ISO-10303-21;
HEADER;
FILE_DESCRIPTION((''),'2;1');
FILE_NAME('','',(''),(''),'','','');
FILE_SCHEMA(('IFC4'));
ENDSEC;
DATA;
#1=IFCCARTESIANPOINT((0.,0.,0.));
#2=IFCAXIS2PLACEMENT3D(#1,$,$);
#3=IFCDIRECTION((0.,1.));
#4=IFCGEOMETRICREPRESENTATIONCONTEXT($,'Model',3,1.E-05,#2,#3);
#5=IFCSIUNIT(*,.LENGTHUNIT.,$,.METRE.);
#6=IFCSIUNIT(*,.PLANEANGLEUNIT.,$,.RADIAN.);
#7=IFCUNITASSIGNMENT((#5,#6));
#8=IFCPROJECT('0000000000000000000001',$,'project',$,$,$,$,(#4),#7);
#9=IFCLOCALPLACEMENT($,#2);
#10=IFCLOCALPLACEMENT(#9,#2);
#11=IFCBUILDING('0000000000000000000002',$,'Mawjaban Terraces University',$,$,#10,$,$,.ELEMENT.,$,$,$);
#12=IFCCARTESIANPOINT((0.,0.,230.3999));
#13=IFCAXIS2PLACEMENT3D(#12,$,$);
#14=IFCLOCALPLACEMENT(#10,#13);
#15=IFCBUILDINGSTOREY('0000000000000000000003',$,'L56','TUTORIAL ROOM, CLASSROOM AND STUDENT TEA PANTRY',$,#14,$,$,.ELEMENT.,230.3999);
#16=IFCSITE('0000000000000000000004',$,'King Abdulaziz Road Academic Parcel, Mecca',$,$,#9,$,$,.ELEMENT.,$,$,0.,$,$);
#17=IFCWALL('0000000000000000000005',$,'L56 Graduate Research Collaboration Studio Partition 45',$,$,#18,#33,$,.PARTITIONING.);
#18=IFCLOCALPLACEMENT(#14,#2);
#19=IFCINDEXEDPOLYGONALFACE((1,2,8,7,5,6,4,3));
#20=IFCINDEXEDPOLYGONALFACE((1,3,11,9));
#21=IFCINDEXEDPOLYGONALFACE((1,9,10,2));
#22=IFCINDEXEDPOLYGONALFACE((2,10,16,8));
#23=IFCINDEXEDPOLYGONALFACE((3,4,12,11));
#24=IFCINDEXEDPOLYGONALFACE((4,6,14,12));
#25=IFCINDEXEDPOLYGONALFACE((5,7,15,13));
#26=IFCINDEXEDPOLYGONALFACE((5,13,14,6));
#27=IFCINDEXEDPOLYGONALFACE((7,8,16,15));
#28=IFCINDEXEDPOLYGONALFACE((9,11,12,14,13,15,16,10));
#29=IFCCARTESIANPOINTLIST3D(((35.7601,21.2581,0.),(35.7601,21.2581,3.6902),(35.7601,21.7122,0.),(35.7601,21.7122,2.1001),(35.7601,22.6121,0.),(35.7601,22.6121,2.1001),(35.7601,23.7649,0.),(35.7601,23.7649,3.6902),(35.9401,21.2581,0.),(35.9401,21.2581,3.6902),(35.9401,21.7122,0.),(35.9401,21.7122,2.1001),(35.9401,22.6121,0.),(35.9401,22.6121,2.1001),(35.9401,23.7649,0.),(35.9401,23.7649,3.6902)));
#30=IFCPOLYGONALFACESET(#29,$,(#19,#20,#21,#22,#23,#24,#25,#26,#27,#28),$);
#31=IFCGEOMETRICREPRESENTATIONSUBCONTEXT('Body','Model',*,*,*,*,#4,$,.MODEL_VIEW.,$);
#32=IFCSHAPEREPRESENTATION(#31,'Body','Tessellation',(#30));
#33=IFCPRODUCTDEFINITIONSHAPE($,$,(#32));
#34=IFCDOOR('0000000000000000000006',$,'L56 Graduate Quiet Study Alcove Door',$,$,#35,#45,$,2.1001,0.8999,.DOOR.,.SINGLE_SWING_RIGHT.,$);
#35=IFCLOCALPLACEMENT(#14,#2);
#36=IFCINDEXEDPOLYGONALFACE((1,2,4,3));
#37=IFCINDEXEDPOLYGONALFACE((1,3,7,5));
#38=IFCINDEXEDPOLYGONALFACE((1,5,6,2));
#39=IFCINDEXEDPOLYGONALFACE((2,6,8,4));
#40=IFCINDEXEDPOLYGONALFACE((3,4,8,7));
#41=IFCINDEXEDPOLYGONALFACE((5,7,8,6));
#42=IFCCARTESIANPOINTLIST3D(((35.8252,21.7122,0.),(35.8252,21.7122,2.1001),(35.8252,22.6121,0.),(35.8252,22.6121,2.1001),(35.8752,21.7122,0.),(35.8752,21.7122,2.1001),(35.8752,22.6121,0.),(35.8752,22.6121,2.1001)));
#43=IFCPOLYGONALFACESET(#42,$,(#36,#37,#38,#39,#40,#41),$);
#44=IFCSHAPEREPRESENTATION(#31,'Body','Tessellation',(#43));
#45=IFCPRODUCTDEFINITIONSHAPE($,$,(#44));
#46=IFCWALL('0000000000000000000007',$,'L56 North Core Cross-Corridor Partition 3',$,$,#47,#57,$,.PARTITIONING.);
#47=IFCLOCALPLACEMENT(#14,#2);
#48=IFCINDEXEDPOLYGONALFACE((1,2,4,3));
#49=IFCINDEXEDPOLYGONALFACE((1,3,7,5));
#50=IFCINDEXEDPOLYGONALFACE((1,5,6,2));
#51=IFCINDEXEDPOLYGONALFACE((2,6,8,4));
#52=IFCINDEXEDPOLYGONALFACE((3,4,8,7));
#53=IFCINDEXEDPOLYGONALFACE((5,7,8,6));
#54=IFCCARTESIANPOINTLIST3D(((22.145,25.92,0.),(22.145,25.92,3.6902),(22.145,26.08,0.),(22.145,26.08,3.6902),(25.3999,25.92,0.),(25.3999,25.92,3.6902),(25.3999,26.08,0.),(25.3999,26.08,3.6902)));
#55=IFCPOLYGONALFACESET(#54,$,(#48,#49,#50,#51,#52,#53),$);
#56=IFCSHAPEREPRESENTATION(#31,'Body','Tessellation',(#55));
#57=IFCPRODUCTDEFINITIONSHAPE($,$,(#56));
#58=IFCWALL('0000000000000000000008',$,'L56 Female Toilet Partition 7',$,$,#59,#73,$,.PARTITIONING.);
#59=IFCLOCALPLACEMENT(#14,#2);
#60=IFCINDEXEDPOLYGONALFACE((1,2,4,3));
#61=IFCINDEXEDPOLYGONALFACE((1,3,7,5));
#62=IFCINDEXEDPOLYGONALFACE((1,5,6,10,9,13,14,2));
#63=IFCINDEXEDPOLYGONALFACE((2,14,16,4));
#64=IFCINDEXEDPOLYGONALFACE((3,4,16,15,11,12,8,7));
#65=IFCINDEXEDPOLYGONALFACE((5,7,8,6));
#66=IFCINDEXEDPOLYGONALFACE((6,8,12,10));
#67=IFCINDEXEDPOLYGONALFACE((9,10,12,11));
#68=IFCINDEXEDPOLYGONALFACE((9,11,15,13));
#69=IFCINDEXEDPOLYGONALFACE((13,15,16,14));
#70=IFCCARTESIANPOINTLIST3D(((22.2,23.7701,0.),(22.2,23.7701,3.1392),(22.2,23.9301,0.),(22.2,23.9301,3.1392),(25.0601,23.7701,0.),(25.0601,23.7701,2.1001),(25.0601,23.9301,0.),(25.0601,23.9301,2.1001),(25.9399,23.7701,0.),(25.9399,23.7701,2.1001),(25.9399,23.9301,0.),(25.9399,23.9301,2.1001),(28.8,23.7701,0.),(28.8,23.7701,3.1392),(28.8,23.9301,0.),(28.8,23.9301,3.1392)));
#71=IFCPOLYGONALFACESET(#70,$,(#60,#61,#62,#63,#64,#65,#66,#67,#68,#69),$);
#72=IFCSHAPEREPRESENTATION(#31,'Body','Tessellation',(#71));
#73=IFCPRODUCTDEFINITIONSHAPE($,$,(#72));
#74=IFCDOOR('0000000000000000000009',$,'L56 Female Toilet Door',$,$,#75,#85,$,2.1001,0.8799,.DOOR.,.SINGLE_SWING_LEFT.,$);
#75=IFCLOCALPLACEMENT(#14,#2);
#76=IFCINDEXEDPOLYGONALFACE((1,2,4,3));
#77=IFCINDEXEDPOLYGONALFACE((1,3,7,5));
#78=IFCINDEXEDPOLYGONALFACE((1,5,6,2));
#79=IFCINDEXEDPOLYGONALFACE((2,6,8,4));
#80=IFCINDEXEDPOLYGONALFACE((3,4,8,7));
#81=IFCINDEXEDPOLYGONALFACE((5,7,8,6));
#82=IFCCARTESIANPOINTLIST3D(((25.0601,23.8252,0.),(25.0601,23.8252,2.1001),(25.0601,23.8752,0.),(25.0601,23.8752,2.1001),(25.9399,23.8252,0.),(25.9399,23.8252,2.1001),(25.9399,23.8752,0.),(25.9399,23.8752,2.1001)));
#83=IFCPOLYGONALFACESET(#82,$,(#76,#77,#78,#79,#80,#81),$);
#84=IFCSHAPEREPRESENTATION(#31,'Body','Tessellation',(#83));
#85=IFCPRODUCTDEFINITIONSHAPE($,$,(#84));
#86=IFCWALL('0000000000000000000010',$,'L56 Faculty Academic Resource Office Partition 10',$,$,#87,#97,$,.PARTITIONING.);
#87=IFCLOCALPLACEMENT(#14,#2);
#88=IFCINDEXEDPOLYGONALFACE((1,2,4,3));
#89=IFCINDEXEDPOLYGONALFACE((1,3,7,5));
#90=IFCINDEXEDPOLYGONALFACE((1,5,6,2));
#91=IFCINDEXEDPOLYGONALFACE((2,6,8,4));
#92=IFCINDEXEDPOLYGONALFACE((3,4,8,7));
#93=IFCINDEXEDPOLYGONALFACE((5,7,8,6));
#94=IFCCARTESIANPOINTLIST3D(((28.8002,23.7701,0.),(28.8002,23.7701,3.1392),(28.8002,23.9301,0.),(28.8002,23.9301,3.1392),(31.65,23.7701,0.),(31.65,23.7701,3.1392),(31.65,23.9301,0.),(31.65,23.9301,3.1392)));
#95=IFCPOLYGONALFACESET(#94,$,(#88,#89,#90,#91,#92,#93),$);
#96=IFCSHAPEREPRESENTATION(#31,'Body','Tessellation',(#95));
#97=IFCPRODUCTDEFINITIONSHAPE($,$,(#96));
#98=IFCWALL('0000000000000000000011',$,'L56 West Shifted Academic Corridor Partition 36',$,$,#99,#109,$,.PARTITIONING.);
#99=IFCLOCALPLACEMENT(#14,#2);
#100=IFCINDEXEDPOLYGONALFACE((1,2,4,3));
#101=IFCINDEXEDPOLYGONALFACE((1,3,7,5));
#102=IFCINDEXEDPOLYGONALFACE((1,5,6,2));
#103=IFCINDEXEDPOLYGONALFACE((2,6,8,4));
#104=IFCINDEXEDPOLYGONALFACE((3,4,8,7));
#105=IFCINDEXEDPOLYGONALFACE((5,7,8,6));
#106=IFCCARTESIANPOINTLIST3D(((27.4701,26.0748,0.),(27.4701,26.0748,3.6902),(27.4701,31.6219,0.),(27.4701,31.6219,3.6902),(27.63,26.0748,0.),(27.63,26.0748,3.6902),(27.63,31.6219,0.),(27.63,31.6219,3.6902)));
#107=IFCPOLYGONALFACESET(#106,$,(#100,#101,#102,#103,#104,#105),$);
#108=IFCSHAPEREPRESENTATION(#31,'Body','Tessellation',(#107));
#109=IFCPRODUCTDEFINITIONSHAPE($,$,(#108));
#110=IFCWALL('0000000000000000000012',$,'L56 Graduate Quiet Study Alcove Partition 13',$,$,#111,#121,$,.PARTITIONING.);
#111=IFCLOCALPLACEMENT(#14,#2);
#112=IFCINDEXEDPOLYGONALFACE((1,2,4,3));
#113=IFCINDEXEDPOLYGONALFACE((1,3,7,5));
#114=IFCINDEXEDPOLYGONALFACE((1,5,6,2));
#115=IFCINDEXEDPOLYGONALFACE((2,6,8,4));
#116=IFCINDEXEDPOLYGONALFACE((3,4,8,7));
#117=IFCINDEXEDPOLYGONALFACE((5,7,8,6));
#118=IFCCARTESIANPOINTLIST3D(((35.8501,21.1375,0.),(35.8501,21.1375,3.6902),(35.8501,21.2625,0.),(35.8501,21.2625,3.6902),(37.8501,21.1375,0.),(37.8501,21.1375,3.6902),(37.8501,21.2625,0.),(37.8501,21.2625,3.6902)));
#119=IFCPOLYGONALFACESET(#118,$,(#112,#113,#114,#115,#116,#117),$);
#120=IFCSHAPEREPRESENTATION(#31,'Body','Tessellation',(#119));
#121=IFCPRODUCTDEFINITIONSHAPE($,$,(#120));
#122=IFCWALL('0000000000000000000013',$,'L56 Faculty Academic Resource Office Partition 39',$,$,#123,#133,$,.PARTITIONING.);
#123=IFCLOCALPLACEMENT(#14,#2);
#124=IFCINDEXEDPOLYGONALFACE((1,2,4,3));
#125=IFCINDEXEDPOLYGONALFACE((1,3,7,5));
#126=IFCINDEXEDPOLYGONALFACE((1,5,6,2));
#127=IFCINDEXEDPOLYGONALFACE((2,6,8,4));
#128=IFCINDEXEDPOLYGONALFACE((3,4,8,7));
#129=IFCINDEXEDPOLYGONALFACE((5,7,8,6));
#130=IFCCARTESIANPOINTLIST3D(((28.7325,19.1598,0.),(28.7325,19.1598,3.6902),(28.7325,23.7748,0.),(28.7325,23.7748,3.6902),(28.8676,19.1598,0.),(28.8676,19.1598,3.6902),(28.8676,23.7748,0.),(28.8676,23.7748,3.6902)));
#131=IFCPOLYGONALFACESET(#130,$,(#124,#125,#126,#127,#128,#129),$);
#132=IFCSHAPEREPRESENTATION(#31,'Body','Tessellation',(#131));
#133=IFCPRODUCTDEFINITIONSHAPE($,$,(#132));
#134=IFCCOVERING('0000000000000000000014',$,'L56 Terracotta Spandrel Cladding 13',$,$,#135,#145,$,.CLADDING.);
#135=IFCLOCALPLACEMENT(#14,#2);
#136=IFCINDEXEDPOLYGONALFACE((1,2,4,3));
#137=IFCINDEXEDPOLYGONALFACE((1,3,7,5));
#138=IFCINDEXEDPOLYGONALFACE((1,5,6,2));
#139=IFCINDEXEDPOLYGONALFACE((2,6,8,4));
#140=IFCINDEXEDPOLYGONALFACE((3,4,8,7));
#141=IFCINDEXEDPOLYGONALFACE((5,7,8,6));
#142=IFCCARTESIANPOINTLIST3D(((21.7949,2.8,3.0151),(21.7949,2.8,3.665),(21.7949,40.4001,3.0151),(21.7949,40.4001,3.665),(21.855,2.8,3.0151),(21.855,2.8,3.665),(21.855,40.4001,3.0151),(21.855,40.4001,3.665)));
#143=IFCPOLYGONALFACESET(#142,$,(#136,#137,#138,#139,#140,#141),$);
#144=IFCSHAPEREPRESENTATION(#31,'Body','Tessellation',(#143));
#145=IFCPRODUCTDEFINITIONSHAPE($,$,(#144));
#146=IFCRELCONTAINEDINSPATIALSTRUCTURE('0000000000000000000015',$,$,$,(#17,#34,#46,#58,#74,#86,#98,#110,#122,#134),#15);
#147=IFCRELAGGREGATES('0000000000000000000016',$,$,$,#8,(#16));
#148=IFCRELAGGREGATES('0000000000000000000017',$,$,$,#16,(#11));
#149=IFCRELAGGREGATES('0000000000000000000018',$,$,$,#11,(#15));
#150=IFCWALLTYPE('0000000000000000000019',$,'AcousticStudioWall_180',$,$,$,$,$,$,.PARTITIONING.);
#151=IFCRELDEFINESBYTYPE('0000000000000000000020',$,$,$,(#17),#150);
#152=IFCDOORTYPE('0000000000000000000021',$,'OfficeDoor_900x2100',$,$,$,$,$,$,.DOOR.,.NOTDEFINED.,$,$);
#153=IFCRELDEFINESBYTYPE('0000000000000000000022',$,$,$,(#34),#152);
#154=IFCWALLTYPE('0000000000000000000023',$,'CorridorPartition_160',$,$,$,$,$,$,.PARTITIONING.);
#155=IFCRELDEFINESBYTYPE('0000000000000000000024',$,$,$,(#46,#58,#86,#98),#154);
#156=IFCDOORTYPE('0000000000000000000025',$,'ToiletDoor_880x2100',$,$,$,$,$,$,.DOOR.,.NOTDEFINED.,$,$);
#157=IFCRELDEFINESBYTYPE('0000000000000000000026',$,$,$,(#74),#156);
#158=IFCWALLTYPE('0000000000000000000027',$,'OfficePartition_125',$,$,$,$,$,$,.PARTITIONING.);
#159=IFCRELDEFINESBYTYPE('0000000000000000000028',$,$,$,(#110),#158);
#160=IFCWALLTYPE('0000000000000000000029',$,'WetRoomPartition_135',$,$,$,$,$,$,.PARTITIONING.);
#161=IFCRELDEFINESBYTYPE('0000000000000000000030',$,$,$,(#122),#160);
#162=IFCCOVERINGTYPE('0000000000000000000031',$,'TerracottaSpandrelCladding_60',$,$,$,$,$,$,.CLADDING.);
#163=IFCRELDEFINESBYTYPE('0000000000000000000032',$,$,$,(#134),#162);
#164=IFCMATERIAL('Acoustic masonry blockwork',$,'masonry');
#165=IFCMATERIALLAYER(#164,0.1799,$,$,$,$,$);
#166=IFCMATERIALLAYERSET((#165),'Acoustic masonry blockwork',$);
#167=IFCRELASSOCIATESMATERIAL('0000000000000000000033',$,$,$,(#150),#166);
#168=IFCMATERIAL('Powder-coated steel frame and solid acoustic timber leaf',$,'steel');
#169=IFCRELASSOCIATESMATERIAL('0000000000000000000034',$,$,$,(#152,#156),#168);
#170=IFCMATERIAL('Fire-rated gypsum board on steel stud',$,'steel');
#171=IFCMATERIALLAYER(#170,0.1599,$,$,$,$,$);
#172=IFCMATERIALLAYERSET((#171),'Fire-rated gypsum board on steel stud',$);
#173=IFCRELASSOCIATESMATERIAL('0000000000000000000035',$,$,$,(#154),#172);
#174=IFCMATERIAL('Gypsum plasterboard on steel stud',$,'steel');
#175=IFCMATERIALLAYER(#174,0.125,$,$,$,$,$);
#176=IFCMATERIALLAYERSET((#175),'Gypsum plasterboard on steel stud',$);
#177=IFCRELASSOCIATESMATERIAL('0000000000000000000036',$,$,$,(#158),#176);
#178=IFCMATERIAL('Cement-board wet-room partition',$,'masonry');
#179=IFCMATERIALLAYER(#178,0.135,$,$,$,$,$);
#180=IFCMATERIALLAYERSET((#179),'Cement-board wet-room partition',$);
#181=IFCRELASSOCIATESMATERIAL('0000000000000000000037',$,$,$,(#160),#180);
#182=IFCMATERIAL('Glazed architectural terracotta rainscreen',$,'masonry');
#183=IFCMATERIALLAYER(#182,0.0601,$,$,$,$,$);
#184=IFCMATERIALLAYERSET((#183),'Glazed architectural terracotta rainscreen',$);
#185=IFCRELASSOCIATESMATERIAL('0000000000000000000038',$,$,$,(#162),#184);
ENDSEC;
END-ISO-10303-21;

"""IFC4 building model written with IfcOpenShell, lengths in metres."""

from ifc_helpers import new_model, si_unit, direction, frame, frame_2d, origin, origin_2d, place, context, subcontext, project, spatial, rectangle, extrude, material, layer, layer_set, type_object, element, fill, save


model = new_model("IFC4")

# Units and contexts
model_context = context("Model", 3, precision=1e-05, world=origin(), true_north=direction((0.0, 1.0)))
body_context = subcontext(model_context, "Body", "Model", "MODEL_VIEW")
ifc_project = project(units=[si_unit("LENGTHUNIT", "METRE"), si_unit("PLANEANGLEUNIT", "RADIAN")], contexts=[model_context])

# Site, building, storey
site_placement = place(None, origin())
site = spatial("IfcSite", under=ifc_project, at=site_placement, Name="King Abdulaziz Road Academic Parcel, Mecca", CompositionType="ELEMENT", RefElevation=0.0)
building_placement = place(site_placement, origin())
building = spatial("IfcBuilding", under=site, at=building_placement, Name="Mawjaban Terraces University", CompositionType="ELEMENT")
storey_placement = place(building_placement, frame((0.0, 0.0, 230.3999)))
storey = spatial("IfcBuildingStorey", under=building, at=storey_placement, Name="L56", Description="TUTORIAL ROOM, CLASSROOM AND STUDENT TEA PANTRY", CompositionType="ELEMENT", Elevation=230.3999)

# Shared definitions
ifc_material_1 = material(Name="Acoustic masonry blockwork", Category="masonry")
ifc_layer_1 = layer(ifc_material_1, 0.1799)
ifc_layer_set_1 = layer_set([ifc_layer_1], Name="Acoustic masonry blockwork")
wall_type_1 = type_object("IfcWallType", Name="AcousticStudioWall_180", PredefinedType="PARTITIONING", material=ifc_layer_set_1)

# Wall, opening, door
wall_1_placement = place(storey_placement, frame((35.8501, 21.2581, 0.0), z_axis=(0.0, 0.0, 1.0), x_axis=(0.0, 1.0, 0.0)))
wall_1 = element("IfcWall", 1, at=wall_1_placement, inside=storey, type_object=wall_type_1, Name="L56 Graduate Research Collaboration Studio Partition 45", PredefinedType="PARTITIONING", context=body_context, shape_type="SweptSolid", body=[
    extrude(rectangle(XDim=2.5068, YDim=0.1799, at=frame_2d((1.2534, 0.0))), origin(), (0.0, 0.0, 1.0), 3.6902),
])
opening_1_placement = place(wall_1_placement, frame((0.4541, 0.0, 0.0)))
opening_1 = element("IfcOpeningElement", 2, at=opening_1_placement, cuts=wall_1, PredefinedType="OPENING", context=body_context, shape_type="SweptSolid", body=[
    extrude(rectangle(XDim=0.8999, YDim=2.1001, at=frame_2d((0.45, 1.05))), frame((0.0, 0.0999, 0.0), z_axis=(0.0, -1.0, 0.0), x_axis=(1.0, 0.0, 0.0)), (0.0, 0.0, 1.0), 0.2),
])
ifc_material_2 = material(Name="Powder-coated steel frame and solid acoustic timber leaf", Category="steel")
door_type_1 = type_object("IfcDoorType", Name="OfficeDoor_900x2100", OperationType="NOTDEFINED", PredefinedType="DOOR", material=ifc_material_2)
door_1_placement = place(opening_1_placement, origin())
door_1 = element("IfcDoor", 3, at=door_1_placement, inside=storey, type_object=door_type_1, Name="L56 Graduate Quiet Study Alcove Door", OperationType="SINGLE_SWING_RIGHT", OverallHeight=2.1001, OverallWidth=0.8999, PredefinedType="DOOR", context=body_context, shape_type="SweptSolid", body=[
    extrude(rectangle(XDim=0.8999, YDim=2.1001, at=frame_2d((0.45, 1.05))), frame((0.0, 0.0249, 0.0), z_axis=(0.0, -1.0, 0.0), x_axis=(1.0, 0.0, 0.0)), (0.0, 0.0, 1.0), 0.05),
])
fill(opening_1, door_1)

# Wall
ifc_material_3 = material(Name="Fire-rated gypsum board on steel stud", Category="steel")
ifc_layer_2 = layer(ifc_material_3, 0.1599)
ifc_layer_set_2 = layer_set([ifc_layer_2], Name="Fire-rated gypsum board on steel stud")
wall_type_2 = type_object("IfcWallType", Name="CorridorPartition_160", PredefinedType="PARTITIONING", material=ifc_layer_set_2)
wall_2_placement = place(storey_placement, frame((25.3999, 26.0, 0.0), z_axis=(0.0, 0.0, 1.0), x_axis=(-1.0, 0.0, 0.0)))
element("IfcWall", 4, at=wall_2_placement, inside=storey, type_object=wall_type_2, Name="L56 North Core Cross-Corridor Partition 3", PredefinedType="PARTITIONING", context=body_context, shape_type="SweptSolid", body=[
    extrude(rectangle(XDim=3.2549, YDim=0.1599, at=frame_2d((1.6274, 0.0))), origin(), (0.0, 0.0, 1.0), 3.6902),
])

# Wall, opening, door
wall_3_placement = place(storey_placement, frame((28.8, 23.8501, 0.0), z_axis=(0.0, 0.0, 1.0), x_axis=(-1.0, 0.0, 0.0)))
wall_3 = element("IfcWall", 5, at=wall_3_placement, inside=storey, type_object=wall_type_2, Name="L56 Female Toilet Partition 7", PredefinedType="PARTITIONING", context=body_context, shape_type="SweptSolid", body=[
    extrude(rectangle(XDim=6.6001, YDim=0.1599, at=frame_2d((3.3, 0.0))), origin(), (0.0, 0.0, 1.0), 3.1392),
])
opening_2_placement = place(wall_3_placement, frame((2.8601, 0.0, 0.0)))
opening_2 = element("IfcOpeningElement", 6, at=opening_2_placement, cuts=wall_3, PredefinedType="OPENING", context=body_context, shape_type="SweptSolid", body=[
    extrude(rectangle(XDim=0.8799, YDim=2.1001, at=frame_2d((0.4399, 1.05))), frame((0.0, 0.0898, 0.0), z_axis=(0.0, -1.0, 0.0), x_axis=(1.0, 0.0, 0.0)), (0.0, 0.0, 1.0), 0.1799),
])
door_type_2 = type_object("IfcDoorType", Name="ToiletDoor_880x2100", OperationType="NOTDEFINED", PredefinedType="DOOR", material=ifc_material_2)
door_2_placement = place(opening_2_placement, origin())
door_2 = element("IfcDoor", 7, at=door_2_placement, inside=storey, type_object=door_type_2, Name="L56 Female Toilet Door", OperationType="SINGLE_SWING_LEFT", OverallHeight=2.1001, OverallWidth=0.8799, PredefinedType="DOOR", context=body_context, shape_type="SweptSolid", body=[
    extrude(rectangle(XDim=0.8799, YDim=2.1001, at=frame_2d((0.4399, 1.05))), frame((0.0, 0.0249, 0.0), z_axis=(0.0, -1.0, 0.0), x_axis=(1.0, 0.0, 0.0)), (0.0, 0.0, 1.0), 0.05),
])
fill(opening_2, door_2)

# Walls
wall_4_placement = place(storey_placement, frame((31.6499, 23.8501, 0.0), z_axis=(0.0, 0.0, 1.0), x_axis=(-1.0, 0.0, 0.0)))
element("IfcWall", 8, at=wall_4_placement, inside=storey, type_object=wall_type_2, Name="L56 Faculty Academic Resource Office Partition 10", PredefinedType="PARTITIONING", context=body_context, shape_type="SweptSolid", body=[
    extrude(rectangle(XDim=2.8499, YDim=0.1599, at=frame_2d((1.4248, 0.0))), origin(), (0.0, 0.0, 1.0), 3.1392),
])
wall_5_placement = place(storey_placement, frame((27.55, 26.075, 0.0), z_axis=(0.0, 0.0, 1.0), x_axis=(0.0, 1.0, 0.0)))
element("IfcWall", 9, at=wall_5_placement, inside=storey, type_object=wall_type_2, Name="L56 West Shifted Academic Corridor Partition 36", PredefinedType="PARTITIONING", context=body_context, shape_type="SweptSolid", body=[
    extrude(rectangle(XDim=5.5471, YDim=0.1599, at=frame_2d((2.7734, 0.0))), origin(), (0.0, 0.0, 1.0), 3.6902),
])
ifc_material_4 = material(Name="Gypsum plasterboard on steel stud", Category="steel")
ifc_layer_3 = layer(ifc_material_4, 0.125)
ifc_layer_set_3 = layer_set([ifc_layer_3], Name="Gypsum plasterboard on steel stud")
wall_type_3 = type_object("IfcWallType", Name="OfficePartition_125", PredefinedType="PARTITIONING", material=ifc_layer_set_3)
wall_6_placement = place(storey_placement, frame((35.8501, 21.2, 0.0), z_axis=(0.0, 0.0, 1.0), x_axis=(1.0, 0.0, 0.0)))
element("IfcWall", 10, at=wall_6_placement, inside=storey, type_object=wall_type_3, Name="L56 Graduate Quiet Study Alcove Partition 13", PredefinedType="PARTITIONING", context=body_context, shape_type="SweptSolid", body=[
    extrude(rectangle(XDim=2.0, YDim=0.125, at=frame_2d((1.0, 0.0))), origin(), (0.0, 0.0, 1.0), 3.6902),
])
ifc_material_5 = material(Name="Cement-board wet-room partition", Category="masonry")
ifc_layer_4 = layer(ifc_material_5, 0.135)
ifc_layer_set_4 = layer_set([ifc_layer_4], Name="Cement-board wet-room partition")
wall_type_4 = type_object("IfcWallType", Name="WetRoomPartition_135", PredefinedType="PARTITIONING", material=ifc_layer_set_4)
wall_7_placement = place(storey_placement, frame((28.8, 23.7749, 0.0), z_axis=(0.0, 0.0, 1.0), x_axis=(0.0, -1.0, 0.0)))
element("IfcWall", 11, at=wall_7_placement, inside=storey, type_object=wall_type_4, Name="L56 Faculty Academic Resource Office Partition 39", PredefinedType="PARTITIONING", context=body_context, shape_type="SweptSolid", body=[
    extrude(rectangle(XDim=4.615, YDim=0.135, at=frame_2d((2.3076, 0.0))), origin(), (0.0, 0.0, 1.0), 3.6902),
])

# Covering
ifc_material_6 = material(Name="Glazed architectural terracotta rainscreen", Category="masonry")
ifc_layer_5 = layer(ifc_material_6, 0.0601)
ifc_layer_set_5 = layer_set([ifc_layer_5], Name="Glazed architectural terracotta rainscreen")
covering_type = type_object("IfcCoveringType", Name="TerracottaSpandrelCladding_60", PredefinedType="CLADDING", material=ifc_layer_set_5)
covering_placement = place(storey_placement, frame((21.825, 21.6001, 3.0151), z_axis=(0.0, 0.0, 1.0), x_axis=(0.0, -1.0, 0.0)))
element("IfcCovering", 12, at=covering_placement, inside=storey, type_object=covering_type, Name="L56 Terracotta Spandrel Cladding 13", PredefinedType="CLADDING", context=body_context, shape_type="SweptSolid", body=[
    extrude(rectangle(XDim=37.6001, YDim=0.0601, at=origin_2d()), origin(), (0.0, 0.0, 1.0), 0.6499),
])

save(model, "model.ifc")
